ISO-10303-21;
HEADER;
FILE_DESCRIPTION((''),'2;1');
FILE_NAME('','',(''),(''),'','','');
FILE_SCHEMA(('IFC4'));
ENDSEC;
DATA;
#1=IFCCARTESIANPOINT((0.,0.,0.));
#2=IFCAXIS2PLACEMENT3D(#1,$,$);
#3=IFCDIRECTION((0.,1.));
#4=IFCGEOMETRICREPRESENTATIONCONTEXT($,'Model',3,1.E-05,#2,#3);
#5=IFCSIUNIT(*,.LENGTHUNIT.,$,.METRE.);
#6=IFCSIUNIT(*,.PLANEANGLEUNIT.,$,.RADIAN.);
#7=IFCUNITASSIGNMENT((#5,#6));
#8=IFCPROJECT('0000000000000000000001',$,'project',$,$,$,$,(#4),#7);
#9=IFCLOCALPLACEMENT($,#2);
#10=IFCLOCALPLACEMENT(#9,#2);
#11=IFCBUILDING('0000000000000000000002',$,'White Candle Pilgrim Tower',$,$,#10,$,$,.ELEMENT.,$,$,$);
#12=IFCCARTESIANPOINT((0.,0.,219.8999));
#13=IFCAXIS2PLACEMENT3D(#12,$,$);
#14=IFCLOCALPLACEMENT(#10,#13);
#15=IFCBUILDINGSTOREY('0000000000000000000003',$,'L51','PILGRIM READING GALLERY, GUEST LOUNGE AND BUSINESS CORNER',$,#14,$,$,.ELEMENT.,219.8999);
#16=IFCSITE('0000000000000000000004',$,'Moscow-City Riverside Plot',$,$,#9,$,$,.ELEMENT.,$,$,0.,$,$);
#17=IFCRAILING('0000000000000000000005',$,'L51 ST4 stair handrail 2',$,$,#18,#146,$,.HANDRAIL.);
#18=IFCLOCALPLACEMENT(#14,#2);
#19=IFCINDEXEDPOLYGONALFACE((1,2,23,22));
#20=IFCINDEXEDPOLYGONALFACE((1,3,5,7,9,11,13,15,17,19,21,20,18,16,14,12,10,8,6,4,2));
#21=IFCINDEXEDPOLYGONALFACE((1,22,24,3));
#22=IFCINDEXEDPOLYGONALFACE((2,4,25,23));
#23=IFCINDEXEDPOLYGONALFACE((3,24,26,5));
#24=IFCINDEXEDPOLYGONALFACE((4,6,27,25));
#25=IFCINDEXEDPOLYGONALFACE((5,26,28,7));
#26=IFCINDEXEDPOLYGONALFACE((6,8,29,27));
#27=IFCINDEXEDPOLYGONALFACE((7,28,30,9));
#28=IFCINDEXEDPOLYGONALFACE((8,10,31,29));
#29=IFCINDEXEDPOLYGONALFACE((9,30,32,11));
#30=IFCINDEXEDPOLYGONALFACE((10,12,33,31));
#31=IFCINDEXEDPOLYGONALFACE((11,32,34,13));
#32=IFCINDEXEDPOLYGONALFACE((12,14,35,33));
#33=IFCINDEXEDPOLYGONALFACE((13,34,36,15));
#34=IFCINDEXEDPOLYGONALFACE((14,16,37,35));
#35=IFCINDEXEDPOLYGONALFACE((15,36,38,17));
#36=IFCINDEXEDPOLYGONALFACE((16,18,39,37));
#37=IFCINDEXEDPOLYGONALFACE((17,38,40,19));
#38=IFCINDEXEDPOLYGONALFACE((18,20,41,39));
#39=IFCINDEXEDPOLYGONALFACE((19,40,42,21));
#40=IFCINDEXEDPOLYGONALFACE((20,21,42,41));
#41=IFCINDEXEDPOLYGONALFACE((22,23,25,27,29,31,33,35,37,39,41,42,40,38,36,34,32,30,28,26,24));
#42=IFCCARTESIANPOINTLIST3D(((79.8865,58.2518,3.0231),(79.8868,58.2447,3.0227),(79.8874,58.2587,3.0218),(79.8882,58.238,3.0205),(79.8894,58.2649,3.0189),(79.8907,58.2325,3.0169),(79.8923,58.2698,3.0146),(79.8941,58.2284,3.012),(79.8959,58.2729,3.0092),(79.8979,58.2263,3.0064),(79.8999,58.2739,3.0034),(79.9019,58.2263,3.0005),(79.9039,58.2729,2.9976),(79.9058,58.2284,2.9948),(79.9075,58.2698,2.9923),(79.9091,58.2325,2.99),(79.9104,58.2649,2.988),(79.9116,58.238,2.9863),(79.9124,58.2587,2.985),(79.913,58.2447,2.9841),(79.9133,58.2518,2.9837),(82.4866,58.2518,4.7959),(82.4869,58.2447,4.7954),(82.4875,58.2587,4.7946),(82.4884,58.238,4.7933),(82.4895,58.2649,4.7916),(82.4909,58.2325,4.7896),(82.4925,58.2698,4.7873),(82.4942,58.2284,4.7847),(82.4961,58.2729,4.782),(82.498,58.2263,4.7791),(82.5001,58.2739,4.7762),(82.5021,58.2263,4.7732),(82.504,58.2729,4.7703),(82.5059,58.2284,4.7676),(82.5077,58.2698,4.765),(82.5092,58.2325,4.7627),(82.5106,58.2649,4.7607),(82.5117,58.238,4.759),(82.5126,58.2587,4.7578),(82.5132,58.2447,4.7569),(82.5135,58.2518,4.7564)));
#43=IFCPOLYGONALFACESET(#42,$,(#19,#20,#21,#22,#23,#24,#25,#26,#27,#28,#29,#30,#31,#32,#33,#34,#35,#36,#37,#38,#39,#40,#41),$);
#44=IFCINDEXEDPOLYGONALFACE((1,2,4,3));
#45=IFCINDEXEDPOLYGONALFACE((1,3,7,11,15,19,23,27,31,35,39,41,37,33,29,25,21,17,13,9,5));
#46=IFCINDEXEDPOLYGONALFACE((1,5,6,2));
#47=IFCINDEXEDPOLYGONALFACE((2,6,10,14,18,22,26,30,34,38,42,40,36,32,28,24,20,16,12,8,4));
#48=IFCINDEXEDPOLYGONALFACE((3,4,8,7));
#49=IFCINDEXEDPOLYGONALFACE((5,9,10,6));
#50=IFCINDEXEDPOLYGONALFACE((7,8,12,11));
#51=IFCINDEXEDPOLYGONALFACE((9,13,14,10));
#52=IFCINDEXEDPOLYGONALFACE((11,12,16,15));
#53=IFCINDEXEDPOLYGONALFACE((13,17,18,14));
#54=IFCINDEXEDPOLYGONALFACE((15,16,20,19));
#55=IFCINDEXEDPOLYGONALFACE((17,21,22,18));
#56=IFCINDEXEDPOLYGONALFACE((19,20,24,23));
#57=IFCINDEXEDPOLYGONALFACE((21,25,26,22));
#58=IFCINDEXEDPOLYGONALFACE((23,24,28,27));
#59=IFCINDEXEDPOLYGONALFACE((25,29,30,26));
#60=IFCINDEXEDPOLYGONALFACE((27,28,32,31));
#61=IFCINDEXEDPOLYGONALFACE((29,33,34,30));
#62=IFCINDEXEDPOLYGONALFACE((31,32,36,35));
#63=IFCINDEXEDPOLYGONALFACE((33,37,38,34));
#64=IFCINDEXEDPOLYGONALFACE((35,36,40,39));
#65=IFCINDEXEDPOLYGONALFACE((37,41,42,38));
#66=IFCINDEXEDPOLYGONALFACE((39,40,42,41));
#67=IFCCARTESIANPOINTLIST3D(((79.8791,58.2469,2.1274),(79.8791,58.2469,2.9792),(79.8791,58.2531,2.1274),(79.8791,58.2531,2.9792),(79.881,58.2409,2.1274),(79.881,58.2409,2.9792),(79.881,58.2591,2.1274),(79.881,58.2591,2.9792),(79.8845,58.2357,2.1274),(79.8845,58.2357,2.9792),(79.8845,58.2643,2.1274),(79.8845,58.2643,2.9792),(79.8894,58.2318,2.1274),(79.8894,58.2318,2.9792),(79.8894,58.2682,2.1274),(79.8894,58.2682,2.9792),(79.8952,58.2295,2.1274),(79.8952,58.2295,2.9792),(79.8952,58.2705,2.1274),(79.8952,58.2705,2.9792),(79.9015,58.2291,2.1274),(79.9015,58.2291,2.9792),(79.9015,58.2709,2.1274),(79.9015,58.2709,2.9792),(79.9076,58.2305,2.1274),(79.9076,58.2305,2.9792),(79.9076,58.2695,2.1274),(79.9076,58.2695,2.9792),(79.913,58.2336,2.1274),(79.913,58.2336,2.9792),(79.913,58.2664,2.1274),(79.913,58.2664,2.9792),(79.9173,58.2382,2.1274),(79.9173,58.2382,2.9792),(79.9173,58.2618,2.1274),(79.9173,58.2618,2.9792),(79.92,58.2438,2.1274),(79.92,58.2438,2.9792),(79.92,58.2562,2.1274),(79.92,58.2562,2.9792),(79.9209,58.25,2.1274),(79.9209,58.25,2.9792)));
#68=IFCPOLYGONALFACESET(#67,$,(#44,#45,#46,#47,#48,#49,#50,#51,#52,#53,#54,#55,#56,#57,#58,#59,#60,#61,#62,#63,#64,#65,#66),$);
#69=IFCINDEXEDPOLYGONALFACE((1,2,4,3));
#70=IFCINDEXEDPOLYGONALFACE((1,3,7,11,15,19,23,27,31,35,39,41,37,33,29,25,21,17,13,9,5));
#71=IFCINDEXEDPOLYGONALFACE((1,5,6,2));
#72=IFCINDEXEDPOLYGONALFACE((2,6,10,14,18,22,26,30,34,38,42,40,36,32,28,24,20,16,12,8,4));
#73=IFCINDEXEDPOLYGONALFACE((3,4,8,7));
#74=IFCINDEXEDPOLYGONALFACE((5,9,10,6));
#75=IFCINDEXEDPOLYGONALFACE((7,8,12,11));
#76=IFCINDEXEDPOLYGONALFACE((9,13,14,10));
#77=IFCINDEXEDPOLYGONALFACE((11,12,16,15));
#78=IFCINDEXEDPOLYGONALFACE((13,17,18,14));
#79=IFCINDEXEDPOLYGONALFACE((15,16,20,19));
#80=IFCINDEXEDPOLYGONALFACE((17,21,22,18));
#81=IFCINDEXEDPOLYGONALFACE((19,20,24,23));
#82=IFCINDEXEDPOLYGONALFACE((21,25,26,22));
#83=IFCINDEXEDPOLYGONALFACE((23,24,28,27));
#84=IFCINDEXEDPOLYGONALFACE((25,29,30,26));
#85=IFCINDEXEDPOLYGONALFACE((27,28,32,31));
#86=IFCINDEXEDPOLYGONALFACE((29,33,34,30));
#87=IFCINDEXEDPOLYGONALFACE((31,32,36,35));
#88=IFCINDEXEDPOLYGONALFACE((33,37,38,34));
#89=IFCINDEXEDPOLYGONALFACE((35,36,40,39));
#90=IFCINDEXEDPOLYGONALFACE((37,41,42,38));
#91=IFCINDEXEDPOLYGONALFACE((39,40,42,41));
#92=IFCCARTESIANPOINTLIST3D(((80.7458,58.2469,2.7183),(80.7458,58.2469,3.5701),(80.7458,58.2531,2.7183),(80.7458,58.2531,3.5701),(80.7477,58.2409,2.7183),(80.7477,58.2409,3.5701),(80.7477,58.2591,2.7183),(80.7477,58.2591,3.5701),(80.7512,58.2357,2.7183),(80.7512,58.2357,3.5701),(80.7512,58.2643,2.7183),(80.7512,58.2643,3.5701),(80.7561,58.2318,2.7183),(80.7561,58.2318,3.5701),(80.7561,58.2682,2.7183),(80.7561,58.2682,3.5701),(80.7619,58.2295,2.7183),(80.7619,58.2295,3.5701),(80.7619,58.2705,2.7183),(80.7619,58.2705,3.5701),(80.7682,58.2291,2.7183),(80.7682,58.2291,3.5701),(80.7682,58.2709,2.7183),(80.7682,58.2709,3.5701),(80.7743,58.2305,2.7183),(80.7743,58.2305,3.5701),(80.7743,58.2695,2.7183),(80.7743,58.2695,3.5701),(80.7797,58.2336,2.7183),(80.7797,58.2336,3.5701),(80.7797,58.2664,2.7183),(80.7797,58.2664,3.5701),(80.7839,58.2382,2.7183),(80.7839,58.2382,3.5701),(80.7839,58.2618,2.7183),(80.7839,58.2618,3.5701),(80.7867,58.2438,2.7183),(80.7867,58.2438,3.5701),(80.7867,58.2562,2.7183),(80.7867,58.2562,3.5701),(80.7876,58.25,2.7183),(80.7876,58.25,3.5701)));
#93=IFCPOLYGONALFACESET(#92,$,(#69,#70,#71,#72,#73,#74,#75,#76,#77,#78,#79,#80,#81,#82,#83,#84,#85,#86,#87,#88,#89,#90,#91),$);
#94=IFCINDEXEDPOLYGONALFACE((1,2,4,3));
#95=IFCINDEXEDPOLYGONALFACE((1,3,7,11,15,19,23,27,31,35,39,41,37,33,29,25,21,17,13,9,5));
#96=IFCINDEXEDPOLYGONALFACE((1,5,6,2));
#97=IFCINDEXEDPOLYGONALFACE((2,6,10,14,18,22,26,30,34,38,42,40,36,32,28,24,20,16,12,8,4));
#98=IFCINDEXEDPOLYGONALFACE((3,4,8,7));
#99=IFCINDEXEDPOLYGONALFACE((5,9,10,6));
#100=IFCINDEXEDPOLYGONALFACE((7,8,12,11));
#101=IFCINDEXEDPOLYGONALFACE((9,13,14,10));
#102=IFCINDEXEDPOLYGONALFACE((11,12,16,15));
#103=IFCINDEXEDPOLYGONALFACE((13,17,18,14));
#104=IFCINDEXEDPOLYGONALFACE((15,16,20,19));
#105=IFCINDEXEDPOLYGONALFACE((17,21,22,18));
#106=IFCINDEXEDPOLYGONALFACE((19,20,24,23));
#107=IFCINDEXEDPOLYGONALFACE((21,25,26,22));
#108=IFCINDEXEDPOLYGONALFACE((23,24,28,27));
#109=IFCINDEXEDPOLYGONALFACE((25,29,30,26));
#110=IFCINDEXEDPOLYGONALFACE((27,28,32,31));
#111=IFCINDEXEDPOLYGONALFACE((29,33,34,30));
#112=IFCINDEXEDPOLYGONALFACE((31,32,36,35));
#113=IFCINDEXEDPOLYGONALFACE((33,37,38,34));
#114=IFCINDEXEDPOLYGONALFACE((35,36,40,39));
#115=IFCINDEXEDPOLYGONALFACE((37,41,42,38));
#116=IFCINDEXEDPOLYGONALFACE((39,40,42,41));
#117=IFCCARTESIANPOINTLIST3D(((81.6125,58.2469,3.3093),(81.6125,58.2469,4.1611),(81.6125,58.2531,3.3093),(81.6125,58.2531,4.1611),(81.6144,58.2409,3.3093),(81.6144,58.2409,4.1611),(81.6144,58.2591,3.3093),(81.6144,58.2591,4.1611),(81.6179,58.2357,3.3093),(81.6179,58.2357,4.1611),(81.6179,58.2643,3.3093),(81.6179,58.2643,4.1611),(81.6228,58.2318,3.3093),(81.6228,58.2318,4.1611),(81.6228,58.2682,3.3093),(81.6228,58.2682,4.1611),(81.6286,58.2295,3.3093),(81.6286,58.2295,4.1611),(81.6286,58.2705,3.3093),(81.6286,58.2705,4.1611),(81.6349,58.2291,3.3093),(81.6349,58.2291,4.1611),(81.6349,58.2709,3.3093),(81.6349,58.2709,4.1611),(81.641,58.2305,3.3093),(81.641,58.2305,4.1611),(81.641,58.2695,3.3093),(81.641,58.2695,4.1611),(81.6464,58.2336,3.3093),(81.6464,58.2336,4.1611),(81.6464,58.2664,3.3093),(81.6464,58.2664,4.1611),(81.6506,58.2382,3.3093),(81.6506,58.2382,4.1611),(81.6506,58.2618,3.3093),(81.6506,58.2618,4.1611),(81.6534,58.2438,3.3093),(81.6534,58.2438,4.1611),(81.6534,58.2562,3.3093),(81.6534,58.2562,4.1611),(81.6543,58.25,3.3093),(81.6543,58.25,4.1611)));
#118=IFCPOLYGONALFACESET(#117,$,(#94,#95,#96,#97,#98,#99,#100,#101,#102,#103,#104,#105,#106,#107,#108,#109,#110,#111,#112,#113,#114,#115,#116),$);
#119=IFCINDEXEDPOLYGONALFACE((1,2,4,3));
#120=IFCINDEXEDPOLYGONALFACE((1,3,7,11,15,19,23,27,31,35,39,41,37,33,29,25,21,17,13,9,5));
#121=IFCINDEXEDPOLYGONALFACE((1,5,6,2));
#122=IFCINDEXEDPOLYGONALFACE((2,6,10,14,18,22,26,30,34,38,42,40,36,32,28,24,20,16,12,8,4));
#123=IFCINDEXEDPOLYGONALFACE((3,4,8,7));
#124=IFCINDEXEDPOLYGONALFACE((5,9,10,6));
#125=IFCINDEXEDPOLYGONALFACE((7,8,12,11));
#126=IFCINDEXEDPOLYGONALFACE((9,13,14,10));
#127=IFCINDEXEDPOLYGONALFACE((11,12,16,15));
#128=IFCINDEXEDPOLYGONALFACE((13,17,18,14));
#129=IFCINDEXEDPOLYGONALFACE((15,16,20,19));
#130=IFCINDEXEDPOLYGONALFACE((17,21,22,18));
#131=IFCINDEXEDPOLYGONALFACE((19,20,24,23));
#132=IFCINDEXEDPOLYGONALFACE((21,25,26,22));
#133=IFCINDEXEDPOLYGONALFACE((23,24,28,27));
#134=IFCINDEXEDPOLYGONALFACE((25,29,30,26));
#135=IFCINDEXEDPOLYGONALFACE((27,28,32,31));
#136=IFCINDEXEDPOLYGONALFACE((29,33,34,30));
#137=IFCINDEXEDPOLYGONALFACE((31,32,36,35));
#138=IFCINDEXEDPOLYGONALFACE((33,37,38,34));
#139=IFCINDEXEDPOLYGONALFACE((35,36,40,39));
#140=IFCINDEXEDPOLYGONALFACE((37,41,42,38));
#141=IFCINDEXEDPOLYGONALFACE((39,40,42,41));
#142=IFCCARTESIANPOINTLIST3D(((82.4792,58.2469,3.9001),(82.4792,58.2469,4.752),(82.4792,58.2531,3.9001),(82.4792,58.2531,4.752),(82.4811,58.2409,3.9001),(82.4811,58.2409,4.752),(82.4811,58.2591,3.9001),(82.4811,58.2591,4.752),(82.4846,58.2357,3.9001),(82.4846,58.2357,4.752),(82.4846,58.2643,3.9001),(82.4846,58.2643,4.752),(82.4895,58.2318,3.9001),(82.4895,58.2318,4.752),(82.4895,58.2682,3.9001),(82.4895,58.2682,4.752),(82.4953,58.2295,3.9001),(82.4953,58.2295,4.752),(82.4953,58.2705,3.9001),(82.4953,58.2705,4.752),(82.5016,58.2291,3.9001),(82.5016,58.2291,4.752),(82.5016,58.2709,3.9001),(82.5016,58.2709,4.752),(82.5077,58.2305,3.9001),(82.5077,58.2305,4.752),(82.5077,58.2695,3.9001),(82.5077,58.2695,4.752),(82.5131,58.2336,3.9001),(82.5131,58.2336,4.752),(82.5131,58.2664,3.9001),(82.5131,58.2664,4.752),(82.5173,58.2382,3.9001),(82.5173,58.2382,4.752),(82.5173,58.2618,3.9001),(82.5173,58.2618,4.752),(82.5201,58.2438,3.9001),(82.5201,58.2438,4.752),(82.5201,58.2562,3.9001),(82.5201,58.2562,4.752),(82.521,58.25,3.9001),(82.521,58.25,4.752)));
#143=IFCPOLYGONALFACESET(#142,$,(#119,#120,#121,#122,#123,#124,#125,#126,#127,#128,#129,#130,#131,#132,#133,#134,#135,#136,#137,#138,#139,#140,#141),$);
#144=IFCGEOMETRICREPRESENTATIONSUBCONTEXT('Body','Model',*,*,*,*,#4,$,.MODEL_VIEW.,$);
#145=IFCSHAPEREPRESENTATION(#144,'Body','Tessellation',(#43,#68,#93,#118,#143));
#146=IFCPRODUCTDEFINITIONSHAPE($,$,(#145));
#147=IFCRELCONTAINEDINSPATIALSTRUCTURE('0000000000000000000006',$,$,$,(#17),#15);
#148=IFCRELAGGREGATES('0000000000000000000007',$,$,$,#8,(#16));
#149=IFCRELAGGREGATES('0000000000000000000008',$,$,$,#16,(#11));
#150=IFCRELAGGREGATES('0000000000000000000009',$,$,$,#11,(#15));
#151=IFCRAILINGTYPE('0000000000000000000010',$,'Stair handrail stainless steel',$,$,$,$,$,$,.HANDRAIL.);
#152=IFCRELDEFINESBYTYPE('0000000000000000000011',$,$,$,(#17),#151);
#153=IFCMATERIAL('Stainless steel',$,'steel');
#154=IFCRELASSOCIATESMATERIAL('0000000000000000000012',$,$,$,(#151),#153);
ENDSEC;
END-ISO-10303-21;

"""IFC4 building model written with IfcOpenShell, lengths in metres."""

from ifc_helpers import new_model, si_unit, direction, frame, origin, origin_2d, place, context, subcontext, project, spatial, circle, extrude, material, type_object, element, save


model = new_model("IFC4")

# Units and contexts
model_context = context("Model", 3, precision=1e-05, world=origin(), true_north=direction((0.0, 1.0)))
body_context = subcontext(model_context, "Body", "Model", "MODEL_VIEW")
ifc_project = project(units=[si_unit("LENGTHUNIT", "METRE"), si_unit("PLANEANGLEUNIT", "RADIAN")], contexts=[model_context])

# Site, building, storey
site_placement = place(None, origin())
site = spatial("IfcSite", under=ifc_project, at=site_placement, Name="Moscow-City Riverside Plot", CompositionType="ELEMENT", RefElevation=0.0)
building_placement = place(site_placement, origin())
building = spatial("IfcBuilding", under=site, at=building_placement, Name="White Candle Pilgrim Tower", CompositionType="ELEMENT")
storey_placement = place(building_placement, frame((0.0, 0.0, 219.8999)))
storey = spatial("IfcBuildingStorey", under=building, at=storey_placement, Name="L51", Description="PILGRIM READING GALLERY, GUEST LOUNGE AND BUSINESS CORNER", CompositionType="ELEMENT", Elevation=219.8999)

# Railing
ifc_material_1 = material(Name="Stainless steel", Category="steel")
railing_type_1 = type_object("IfcRailingType", Name="Stair handrail stainless steel", PredefinedType="HANDRAIL", material=ifc_material_1)
railing_1_placement = place(storey_placement, frame((79.8999, 58.25, 2.1274)))
element("IfcRailing", 1, at=railing_1_placement, inside=storey, type_object=railing_type_1, Name="L51 ST4 stair handrail 2", PredefinedType="HANDRAIL", context=body_context, shape_type="SweptSolid", body=[
    extrude(circle(Radius=0.0239, at=origin_2d()), frame((0.0, 0.0, 0.876), z_axis=(0.82624, 0.0, 0.563318), x_axis=(0.0, 1.0, 0.0)), (0.0, 0.0, 1.0), 3.147),
    extrude(circle(Radius=0.021, at=origin_2d()), origin(), (0.0, 0.0, 1.0), 0.8518),
    extrude(circle(Radius=0.021, at=origin_2d()), frame((0.8667, 0.0, 0.5908)), (0.0, 0.0, 1.0), 0.8518),
    extrude(circle(Radius=0.021, at=origin_2d()), frame((1.7334, 0.0, 1.1819)), (0.0, 0.0, 1.0), 0.8518),
    extrude(circle(Radius=0.021, at=origin_2d()), frame((2.6001, 0.0, 1.7727)), (0.0, 0.0, 1.0), 0.8518),
])

save(model, "model.ifc")
